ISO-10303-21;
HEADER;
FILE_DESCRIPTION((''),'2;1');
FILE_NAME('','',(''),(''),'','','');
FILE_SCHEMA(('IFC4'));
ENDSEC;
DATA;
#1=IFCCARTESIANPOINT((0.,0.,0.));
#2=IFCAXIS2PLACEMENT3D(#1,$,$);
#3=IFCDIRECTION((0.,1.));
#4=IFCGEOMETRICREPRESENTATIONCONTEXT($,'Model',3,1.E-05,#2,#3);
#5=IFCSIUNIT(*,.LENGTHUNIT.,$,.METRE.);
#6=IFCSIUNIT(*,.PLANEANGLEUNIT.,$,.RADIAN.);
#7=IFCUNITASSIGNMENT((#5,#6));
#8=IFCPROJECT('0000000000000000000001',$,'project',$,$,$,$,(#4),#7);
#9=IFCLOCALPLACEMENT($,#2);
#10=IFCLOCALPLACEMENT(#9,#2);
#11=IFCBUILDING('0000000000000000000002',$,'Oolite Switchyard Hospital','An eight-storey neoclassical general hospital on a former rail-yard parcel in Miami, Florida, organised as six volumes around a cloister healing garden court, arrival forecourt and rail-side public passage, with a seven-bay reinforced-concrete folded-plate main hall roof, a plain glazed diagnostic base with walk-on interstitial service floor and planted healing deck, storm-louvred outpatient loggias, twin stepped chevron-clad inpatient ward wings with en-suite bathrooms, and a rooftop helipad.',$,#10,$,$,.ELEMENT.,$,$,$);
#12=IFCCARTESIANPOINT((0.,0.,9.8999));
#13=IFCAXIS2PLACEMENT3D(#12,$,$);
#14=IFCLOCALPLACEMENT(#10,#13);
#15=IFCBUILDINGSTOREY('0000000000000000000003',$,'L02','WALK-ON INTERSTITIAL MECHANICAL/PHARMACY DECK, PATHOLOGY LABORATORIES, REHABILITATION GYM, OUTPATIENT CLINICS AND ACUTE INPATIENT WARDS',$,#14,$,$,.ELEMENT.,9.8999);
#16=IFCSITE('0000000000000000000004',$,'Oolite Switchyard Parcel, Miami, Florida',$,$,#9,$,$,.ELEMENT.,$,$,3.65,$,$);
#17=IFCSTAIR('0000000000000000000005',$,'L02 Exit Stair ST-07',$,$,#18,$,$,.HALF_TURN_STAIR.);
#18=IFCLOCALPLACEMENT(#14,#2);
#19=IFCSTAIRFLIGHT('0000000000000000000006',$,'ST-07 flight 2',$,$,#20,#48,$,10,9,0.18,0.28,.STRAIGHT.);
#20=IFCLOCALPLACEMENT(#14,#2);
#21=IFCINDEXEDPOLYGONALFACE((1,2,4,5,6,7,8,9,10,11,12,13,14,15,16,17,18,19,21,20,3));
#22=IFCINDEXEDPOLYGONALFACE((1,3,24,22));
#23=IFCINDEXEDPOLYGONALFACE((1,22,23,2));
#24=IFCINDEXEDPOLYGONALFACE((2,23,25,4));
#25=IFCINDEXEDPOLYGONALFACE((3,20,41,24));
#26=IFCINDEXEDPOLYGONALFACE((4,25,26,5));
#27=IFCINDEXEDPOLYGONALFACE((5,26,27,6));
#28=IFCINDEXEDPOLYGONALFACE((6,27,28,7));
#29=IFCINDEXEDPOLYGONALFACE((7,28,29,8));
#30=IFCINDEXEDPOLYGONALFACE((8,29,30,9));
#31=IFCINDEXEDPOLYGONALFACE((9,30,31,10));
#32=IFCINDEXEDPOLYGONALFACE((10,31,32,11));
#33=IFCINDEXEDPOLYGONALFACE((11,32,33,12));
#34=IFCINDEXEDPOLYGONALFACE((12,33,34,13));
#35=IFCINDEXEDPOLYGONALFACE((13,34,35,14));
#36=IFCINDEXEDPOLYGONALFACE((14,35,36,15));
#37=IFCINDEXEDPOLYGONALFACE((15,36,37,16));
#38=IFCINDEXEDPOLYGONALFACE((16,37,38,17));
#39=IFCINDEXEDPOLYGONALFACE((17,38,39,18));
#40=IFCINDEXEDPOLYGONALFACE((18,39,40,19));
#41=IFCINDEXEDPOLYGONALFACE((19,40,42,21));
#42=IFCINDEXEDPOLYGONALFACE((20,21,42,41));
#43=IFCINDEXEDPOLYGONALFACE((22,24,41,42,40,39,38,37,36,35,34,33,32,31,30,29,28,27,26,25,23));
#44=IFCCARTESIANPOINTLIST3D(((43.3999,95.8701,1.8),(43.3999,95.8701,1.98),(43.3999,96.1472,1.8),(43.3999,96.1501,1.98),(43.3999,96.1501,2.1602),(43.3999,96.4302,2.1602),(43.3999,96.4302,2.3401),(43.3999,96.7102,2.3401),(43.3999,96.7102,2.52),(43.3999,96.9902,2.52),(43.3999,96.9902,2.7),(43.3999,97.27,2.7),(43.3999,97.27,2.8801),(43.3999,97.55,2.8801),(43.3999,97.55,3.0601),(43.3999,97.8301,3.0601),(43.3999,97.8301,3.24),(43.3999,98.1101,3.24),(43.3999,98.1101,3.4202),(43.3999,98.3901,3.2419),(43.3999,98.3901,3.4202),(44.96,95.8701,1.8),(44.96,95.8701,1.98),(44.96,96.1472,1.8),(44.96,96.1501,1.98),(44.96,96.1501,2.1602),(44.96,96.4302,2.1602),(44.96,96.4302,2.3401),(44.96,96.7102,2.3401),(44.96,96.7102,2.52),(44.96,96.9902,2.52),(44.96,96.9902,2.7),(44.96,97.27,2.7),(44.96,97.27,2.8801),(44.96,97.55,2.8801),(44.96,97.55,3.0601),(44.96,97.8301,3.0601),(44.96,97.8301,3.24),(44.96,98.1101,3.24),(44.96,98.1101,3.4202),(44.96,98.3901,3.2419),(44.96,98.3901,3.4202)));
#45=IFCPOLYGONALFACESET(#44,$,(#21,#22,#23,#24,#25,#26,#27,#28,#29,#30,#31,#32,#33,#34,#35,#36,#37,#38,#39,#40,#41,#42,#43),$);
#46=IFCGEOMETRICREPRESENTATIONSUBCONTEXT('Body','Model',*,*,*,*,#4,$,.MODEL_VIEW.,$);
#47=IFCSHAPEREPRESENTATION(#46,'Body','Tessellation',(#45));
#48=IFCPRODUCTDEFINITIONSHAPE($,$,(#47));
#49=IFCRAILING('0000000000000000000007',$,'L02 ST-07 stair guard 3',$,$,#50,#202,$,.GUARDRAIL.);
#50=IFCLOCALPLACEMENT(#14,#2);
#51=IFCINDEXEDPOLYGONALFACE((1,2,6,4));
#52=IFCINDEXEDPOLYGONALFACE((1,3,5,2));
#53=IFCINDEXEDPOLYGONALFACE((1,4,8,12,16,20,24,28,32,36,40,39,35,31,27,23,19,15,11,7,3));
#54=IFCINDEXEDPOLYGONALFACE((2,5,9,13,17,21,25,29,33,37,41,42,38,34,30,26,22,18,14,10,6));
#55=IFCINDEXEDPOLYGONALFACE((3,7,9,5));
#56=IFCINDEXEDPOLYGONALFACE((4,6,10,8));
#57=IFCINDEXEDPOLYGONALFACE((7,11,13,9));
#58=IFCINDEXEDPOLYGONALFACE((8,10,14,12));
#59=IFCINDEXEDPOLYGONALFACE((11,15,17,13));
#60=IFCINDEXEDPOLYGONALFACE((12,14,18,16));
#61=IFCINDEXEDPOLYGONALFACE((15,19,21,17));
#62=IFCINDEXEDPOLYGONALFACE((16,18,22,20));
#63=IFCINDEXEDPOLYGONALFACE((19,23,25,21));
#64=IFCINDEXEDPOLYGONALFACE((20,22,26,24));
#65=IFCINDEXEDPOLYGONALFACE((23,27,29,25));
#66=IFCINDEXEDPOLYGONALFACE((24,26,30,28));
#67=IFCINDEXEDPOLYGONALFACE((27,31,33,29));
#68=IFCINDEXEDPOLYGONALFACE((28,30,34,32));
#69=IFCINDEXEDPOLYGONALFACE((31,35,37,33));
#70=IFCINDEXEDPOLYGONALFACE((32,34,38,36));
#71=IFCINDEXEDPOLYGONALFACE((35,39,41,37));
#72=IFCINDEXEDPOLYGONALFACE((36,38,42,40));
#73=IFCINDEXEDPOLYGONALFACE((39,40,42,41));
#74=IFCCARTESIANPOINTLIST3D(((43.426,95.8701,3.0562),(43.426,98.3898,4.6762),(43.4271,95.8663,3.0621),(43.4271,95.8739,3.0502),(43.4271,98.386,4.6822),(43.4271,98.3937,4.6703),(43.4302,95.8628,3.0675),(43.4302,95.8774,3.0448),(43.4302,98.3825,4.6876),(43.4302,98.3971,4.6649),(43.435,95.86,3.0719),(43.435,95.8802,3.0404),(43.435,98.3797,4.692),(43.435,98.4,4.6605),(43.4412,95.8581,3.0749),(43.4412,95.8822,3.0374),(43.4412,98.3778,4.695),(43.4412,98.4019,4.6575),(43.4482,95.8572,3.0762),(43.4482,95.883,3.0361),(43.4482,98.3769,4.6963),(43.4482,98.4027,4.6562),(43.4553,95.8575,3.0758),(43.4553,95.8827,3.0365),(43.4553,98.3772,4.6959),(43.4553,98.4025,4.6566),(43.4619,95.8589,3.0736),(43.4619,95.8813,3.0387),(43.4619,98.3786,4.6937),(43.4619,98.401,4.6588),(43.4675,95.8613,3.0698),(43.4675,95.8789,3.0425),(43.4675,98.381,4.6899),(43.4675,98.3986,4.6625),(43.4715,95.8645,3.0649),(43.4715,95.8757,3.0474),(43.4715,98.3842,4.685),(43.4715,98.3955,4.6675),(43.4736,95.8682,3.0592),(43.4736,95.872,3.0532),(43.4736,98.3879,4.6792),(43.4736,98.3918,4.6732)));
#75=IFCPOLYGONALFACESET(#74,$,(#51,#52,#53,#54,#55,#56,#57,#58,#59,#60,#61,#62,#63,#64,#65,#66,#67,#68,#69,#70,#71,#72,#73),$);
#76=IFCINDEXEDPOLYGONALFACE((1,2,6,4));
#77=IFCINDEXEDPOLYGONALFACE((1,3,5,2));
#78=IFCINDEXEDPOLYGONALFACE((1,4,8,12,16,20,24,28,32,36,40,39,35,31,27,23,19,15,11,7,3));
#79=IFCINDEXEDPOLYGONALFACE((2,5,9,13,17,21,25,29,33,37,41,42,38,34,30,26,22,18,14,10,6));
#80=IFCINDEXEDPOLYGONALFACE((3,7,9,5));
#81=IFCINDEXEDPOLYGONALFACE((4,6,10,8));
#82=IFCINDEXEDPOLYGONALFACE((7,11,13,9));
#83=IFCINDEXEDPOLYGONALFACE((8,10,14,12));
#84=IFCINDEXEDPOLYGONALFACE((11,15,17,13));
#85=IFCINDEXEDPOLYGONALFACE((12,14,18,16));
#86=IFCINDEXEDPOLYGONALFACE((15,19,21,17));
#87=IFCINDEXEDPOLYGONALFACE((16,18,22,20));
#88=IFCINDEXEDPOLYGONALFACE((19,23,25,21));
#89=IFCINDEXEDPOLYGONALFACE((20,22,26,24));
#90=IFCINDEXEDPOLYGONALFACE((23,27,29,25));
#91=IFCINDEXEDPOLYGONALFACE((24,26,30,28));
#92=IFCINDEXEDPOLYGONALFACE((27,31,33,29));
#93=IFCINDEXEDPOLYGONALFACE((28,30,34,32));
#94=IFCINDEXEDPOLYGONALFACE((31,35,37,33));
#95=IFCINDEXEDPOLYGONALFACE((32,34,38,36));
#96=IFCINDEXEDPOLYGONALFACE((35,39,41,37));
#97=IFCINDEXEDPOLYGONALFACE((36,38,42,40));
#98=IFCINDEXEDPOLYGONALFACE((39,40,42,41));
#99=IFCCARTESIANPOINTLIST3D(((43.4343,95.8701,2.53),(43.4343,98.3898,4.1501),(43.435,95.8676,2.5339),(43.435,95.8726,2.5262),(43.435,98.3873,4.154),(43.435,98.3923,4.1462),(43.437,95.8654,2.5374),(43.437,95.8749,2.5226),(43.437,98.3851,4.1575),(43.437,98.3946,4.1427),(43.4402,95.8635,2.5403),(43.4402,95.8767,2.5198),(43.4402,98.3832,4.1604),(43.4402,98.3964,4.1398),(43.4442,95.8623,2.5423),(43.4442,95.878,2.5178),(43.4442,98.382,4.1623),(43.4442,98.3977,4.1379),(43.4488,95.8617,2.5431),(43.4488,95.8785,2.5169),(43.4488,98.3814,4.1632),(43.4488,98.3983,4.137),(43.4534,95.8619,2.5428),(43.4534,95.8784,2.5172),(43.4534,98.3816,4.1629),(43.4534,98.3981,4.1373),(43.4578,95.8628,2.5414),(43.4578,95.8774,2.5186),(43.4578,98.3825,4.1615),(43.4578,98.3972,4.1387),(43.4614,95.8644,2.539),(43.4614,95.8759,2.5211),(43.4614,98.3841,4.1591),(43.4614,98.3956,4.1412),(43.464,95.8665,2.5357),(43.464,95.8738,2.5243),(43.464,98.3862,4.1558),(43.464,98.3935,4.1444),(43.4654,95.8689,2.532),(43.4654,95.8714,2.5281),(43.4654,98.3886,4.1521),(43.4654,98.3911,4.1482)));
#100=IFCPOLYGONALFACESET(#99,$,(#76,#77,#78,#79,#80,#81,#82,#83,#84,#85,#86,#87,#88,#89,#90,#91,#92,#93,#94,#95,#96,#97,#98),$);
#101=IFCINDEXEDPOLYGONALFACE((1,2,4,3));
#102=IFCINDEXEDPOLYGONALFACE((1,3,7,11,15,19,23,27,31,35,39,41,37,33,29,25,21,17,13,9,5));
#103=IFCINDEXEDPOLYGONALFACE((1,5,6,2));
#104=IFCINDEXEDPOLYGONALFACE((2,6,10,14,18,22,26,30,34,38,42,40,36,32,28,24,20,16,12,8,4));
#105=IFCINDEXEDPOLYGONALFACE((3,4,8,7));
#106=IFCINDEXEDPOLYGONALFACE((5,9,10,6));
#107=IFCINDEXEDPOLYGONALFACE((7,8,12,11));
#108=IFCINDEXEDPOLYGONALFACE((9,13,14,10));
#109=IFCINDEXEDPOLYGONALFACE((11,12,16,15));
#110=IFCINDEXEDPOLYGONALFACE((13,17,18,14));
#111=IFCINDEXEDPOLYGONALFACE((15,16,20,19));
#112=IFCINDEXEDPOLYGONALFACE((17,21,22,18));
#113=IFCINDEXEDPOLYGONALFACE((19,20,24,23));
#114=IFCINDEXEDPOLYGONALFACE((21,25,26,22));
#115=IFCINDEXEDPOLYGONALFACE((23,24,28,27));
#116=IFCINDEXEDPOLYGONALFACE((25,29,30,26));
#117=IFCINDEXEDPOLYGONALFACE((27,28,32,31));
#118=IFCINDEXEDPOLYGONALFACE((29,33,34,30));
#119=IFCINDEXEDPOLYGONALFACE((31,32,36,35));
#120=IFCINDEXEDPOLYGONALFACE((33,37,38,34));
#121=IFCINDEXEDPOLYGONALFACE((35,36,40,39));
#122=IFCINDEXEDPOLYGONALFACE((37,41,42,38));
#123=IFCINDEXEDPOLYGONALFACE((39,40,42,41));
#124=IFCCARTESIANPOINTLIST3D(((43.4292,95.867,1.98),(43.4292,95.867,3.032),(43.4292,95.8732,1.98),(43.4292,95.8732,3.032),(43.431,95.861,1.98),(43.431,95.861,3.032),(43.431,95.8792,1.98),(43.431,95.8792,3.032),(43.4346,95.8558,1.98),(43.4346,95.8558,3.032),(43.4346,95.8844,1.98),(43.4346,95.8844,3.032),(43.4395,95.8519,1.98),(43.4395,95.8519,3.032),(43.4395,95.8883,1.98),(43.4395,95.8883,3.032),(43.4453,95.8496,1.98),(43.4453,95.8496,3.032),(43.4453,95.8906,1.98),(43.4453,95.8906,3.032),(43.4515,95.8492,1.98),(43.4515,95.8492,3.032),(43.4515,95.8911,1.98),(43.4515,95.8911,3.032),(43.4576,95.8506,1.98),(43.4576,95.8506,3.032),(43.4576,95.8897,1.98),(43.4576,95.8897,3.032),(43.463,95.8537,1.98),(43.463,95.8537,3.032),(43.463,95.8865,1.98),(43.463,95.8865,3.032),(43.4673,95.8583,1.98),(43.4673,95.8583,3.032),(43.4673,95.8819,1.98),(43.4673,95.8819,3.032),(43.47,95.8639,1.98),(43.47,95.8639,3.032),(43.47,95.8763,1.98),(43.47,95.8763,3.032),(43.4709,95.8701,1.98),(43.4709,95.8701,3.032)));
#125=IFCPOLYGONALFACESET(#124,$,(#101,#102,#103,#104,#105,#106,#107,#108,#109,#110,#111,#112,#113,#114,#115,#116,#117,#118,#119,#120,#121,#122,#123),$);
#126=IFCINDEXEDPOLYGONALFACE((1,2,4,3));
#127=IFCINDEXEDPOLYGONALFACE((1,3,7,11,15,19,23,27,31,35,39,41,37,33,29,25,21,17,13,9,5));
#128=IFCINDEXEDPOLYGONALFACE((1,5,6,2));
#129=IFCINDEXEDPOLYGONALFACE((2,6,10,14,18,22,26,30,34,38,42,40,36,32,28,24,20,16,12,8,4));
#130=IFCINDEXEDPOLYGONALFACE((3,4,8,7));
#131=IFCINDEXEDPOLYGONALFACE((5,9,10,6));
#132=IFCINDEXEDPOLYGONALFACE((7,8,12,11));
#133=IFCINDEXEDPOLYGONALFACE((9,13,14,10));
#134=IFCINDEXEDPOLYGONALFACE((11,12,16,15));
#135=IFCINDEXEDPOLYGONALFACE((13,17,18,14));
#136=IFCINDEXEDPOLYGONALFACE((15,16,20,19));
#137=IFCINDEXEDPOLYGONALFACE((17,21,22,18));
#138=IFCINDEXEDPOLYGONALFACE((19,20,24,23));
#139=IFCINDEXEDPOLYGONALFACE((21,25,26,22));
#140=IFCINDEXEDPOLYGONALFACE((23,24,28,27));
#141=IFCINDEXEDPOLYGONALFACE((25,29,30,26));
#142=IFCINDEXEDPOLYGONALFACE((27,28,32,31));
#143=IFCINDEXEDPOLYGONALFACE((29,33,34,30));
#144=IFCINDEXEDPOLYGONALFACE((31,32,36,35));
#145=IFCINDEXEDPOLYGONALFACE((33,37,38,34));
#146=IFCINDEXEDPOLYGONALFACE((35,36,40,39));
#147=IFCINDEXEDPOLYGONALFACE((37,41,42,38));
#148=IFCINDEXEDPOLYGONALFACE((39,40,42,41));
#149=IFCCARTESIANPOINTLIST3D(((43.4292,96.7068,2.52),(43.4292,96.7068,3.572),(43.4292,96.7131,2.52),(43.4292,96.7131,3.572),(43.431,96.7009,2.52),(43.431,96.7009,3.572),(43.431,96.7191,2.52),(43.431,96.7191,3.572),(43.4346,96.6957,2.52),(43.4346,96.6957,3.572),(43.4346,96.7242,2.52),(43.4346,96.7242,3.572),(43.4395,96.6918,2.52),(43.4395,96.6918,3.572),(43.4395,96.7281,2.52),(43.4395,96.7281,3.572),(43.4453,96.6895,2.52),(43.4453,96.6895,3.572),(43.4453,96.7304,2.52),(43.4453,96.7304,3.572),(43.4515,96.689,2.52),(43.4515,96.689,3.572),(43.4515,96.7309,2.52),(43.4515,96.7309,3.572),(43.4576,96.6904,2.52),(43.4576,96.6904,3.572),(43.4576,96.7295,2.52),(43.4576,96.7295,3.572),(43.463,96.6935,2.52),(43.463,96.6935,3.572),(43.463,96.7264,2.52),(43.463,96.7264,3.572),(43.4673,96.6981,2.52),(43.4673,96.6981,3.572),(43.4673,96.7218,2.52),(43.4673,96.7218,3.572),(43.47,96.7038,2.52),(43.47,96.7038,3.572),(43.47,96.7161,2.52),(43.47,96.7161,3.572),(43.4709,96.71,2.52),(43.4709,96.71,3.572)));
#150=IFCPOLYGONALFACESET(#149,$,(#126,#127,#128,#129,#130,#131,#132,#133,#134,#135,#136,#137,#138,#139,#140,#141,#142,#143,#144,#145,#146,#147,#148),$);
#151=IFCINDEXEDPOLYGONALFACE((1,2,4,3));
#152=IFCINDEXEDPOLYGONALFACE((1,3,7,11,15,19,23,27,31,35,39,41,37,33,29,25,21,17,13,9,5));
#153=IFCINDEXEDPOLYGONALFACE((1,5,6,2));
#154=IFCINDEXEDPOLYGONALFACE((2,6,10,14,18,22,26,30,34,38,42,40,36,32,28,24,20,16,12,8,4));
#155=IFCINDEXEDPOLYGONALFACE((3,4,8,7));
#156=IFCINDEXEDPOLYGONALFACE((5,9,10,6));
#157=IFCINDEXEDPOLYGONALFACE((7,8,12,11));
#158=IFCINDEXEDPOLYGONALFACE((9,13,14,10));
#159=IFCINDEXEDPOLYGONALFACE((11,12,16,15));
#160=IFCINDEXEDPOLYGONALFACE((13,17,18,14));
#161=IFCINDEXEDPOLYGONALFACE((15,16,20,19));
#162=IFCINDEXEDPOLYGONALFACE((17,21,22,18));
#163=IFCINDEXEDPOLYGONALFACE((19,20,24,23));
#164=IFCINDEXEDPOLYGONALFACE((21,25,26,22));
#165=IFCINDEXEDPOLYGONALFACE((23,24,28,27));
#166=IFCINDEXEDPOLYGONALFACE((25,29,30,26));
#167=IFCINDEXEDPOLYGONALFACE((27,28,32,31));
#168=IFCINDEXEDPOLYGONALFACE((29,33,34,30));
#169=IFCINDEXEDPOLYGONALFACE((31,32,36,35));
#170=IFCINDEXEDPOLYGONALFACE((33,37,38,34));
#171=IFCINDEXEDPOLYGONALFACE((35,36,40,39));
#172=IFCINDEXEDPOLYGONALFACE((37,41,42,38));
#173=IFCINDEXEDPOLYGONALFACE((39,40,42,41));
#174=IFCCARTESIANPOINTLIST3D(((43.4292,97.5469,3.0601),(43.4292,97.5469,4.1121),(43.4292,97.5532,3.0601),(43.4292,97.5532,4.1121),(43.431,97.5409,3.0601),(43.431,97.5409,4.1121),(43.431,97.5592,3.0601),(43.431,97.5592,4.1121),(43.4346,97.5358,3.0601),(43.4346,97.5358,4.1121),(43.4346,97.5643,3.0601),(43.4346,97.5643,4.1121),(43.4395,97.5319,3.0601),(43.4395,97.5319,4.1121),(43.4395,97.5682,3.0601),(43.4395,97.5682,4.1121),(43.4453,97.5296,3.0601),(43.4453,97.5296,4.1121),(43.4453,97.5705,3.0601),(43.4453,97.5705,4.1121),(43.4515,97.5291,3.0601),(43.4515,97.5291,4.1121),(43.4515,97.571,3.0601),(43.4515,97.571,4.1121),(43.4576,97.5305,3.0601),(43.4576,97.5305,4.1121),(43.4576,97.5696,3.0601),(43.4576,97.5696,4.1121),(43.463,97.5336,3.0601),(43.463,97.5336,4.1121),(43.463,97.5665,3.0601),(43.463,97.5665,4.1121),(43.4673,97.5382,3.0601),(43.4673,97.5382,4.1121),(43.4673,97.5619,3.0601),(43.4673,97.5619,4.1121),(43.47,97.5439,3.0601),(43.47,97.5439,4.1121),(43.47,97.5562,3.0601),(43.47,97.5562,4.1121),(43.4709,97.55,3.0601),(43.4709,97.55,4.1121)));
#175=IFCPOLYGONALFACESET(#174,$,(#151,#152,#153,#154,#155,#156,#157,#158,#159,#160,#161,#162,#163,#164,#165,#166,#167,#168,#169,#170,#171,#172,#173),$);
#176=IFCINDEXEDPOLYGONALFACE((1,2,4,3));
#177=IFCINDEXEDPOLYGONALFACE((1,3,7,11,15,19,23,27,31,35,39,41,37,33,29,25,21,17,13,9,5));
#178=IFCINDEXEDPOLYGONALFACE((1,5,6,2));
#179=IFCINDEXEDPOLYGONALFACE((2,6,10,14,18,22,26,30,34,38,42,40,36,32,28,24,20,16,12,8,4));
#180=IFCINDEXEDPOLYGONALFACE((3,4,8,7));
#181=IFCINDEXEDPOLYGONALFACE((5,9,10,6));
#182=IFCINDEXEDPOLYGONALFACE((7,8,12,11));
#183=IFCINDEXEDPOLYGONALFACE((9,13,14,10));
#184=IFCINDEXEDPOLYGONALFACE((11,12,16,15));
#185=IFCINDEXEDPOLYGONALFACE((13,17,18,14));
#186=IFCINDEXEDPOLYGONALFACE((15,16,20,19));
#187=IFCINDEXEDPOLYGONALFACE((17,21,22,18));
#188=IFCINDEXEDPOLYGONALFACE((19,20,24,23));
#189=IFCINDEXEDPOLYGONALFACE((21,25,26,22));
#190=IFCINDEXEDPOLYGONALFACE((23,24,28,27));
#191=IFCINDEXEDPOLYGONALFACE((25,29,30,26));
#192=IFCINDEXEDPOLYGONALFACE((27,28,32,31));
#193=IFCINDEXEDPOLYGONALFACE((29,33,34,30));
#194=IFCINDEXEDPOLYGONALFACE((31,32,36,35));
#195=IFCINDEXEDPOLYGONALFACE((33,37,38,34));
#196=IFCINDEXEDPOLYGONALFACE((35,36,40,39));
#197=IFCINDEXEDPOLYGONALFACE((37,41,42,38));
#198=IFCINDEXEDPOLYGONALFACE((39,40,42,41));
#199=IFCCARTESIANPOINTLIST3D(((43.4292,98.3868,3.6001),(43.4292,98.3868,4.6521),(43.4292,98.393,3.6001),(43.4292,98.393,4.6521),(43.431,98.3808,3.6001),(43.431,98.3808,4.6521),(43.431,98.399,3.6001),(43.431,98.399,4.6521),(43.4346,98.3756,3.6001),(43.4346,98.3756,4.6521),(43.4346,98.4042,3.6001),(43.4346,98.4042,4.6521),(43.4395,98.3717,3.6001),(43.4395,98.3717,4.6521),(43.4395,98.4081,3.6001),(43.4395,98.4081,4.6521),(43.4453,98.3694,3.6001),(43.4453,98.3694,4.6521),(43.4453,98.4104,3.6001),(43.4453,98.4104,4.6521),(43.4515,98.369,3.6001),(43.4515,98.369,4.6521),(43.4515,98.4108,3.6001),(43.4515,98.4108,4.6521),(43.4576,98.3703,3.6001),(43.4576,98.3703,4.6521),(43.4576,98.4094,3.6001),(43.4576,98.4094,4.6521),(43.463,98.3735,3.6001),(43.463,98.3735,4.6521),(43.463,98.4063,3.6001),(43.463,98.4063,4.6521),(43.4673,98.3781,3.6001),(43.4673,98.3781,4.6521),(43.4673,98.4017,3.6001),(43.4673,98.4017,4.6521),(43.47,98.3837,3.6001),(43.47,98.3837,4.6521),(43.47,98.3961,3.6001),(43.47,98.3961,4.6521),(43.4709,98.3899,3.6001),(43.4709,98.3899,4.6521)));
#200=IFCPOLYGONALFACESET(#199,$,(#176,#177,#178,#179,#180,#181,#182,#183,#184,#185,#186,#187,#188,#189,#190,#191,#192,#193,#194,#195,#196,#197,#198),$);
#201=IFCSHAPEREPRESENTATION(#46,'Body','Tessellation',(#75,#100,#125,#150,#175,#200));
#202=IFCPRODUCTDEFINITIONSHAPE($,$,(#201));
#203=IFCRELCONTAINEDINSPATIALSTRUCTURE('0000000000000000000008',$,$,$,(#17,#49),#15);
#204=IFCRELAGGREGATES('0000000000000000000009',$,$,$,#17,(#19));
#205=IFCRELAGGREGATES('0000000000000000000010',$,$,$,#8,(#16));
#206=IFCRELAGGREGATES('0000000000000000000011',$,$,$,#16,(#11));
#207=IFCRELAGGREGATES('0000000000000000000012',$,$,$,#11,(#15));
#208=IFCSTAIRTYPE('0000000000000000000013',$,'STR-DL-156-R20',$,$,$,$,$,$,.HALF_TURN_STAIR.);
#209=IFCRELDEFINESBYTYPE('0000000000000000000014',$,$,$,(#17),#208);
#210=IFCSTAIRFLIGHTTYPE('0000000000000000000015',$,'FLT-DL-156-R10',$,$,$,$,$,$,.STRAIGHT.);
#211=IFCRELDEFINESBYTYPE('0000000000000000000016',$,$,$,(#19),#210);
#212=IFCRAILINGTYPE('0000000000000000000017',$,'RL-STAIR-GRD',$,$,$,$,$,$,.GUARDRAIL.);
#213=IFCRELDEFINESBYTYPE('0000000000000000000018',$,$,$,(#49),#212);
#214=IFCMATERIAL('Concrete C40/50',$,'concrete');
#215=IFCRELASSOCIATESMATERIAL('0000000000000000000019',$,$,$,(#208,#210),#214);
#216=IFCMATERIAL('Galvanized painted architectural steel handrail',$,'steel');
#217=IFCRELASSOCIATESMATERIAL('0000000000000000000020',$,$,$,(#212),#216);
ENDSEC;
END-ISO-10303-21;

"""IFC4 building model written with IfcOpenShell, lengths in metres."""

from ifc_helpers import new_model, si_unit, direction, frame, origin, origin_2d, place, context, subcontext, project, spatial, polyline, circle, outline, extrude, material, type_object, element, aggregate, save


model = new_model("IFC4")

# Units and contexts
model_context = context("Model", 3, precision=1e-05, world=origin(), true_north=direction((0.0, 1.0)))
body_context = subcontext(model_context, "Body", "Model", "MODEL_VIEW")
ifc_project = project(units=[si_unit("LENGTHUNIT", "METRE"), si_unit("PLANEANGLEUNIT", "RADIAN")], contexts=[model_context])

# Site, building, storey
site_placement = place(None, origin())
site = spatial("IfcSite", under=ifc_project, at=site_placement, Name="Oolite Switchyard Parcel, Miami, Florida", CompositionType="ELEMENT", RefElevation=3.65)
building_placement = place(site_placement, origin())
building = spatial("IfcBuilding", under=site, at=building_placement, Name="Oolite Switchyard Hospital", Description="An eight-storey neoclassical general hospital on a former rail-yard parcel in Miami, Florida, organised as six volumes around a cloister healing garden court, arrival forecourt and rail-side public passage, with a seven-bay reinforced-concrete folded-plate main hall roof, a plain glazed diagnostic base with walk-on interstitial service floor and planted healing deck, storm-louvred outpatient loggias, twin stepped chevron-clad inpatient ward wings with en-suite bathrooms, and a rooftop helipad.", CompositionType="ELEMENT")
storey_placement = place(building_placement, frame((0.0, 0.0, 9.8999)))
storey = spatial("IfcBuildingStorey", under=building, at=storey_placement, Name="L02", Description="WALK-ON INTERSTITIAL MECHANICAL/PHARMACY DECK, PATHOLOGY LABORATORIES, REHABILITATION GYM, OUTPATIENT CLINICS AND ACUTE INPATIENT WARDS", CompositionType="ELEMENT", Elevation=9.8999)

# Shared definitions
ifc_material_1 = material(Name="Concrete C40/50", Category="concrete")

# Stair, stair flight
stair_type = type_object("IfcStairType", Name="STR-DL-156-R20", PredefinedType="HALF_TURN_STAIR", material=ifc_material_1)
stair_placement = place(storey_placement, origin())
stair = element("IfcStair", 1, at=stair_placement, inside=storey, type_object=stair_type, Name="L02 Exit Stair ST-07", PredefinedType="HALF_TURN_STAIR")
stair_flight_type = type_object("IfcStairFlightType", Name="FLT-DL-156-R10", PredefinedType="STRAIGHT", material=ifc_material_1)
stair_flight_placement = place(storey_placement, frame((44.1799, 95.8701, 1.8), z_axis=(0.0, 0.0, 1.0), x_axis=(0.0, 1.0, 0.0)))
stair_flight = element("IfcStairFlight", 2, at=stair_flight_placement, type_object=stair_flight_type, Name="ST-07 flight 2", NumberOfRisers=10, NumberOfTreads=9, PredefinedType="STRAIGHT", RiserHeight=0.18, TreadLength=0.28, context=body_context, shape_type="SweptSolid", body=[
    extrude(outline(polyline([(0.0, 0.0), (0.0, 0.1799), (0.28, 0.1799), (0.28, 0.3601), (0.5601, 0.3601), (0.5601, 0.54), (0.8401, 0.54), (0.8401, 0.72), (1.1201, 0.72), (1.1201, 0.8999), (1.3999, 0.8999), (1.3999, 1.0801), (1.6799, 1.0801), (1.6799, 1.26), (1.96, 1.26), (1.96, 1.4399), (2.24, 1.4399), (2.24, 1.6201), (2.52, 1.6201), (2.52, 1.8), (2.52, 1.4419), (0.2771, 0.0), (0.0, 0.0)])), frame((0.0, 0.78, 0.0), z_axis=(0.0, -1.0, 0.0), x_axis=(1.0, 0.0, 0.0)), (0.0, 0.0, 1.0), 1.5601),
])
aggregate(stair, [stair_flight])

# Railing
ifc_material_2 = material(Name="Galvanized painted architectural steel handrail", Category="steel")
railing_type_1 = type_object("IfcRailingType", Name="RL-STAIR-GRD", PredefinedType="GUARDRAIL", material=ifc_material_2)
railing_1_placement = place(storey_placement, frame((43.45, 95.8701, 1.98)))
element("IfcRailing", 3, at=railing_1_placement, inside=storey, type_object=railing_type_1, Name="L02 ST-07 stair guard 3", PredefinedType="GUARDRAIL", context=body_context, shape_type="SweptSolid", body=[
    extrude(circle(Radius=0.0239, at=origin_2d()), frame((0.0, 0.0, 1.0762), z_axis=(0.0, 0.841139, 0.540819), x_axis=(-1.0, 0.0, 0.0)), (0.0, 0.0, 1.0), 2.9956),
    extrude(circle(Radius=0.0156, at=origin_2d()), frame((0.0, 0.0, 0.55), z_axis=(0.0, 0.841139, 0.540819), x_axis=(-1.0, 0.0, 0.0)), (0.0, 0.0, 1.0), 2.9956),
    extrude(circle(Radius=0.021, at=origin_2d()), origin(), (0.0, 0.0, 1.0), 1.052),
    extrude(circle(Radius=0.021, at=origin_2d()), frame((0.0, 0.8398, 0.54)), (0.0, 0.0, 1.0), 1.052),
    extrude(circle(Radius=0.021, at=origin_2d()), frame((0.0, 1.6799, 1.0801)), (0.0, 0.0, 1.0), 1.052),
    extrude(circle(Radius=0.021, at=origin_2d()), frame((0.0, 2.5198, 1.6201)), (0.0, 0.0, 1.0), 1.052),
])

save(model, "model.ifc")
